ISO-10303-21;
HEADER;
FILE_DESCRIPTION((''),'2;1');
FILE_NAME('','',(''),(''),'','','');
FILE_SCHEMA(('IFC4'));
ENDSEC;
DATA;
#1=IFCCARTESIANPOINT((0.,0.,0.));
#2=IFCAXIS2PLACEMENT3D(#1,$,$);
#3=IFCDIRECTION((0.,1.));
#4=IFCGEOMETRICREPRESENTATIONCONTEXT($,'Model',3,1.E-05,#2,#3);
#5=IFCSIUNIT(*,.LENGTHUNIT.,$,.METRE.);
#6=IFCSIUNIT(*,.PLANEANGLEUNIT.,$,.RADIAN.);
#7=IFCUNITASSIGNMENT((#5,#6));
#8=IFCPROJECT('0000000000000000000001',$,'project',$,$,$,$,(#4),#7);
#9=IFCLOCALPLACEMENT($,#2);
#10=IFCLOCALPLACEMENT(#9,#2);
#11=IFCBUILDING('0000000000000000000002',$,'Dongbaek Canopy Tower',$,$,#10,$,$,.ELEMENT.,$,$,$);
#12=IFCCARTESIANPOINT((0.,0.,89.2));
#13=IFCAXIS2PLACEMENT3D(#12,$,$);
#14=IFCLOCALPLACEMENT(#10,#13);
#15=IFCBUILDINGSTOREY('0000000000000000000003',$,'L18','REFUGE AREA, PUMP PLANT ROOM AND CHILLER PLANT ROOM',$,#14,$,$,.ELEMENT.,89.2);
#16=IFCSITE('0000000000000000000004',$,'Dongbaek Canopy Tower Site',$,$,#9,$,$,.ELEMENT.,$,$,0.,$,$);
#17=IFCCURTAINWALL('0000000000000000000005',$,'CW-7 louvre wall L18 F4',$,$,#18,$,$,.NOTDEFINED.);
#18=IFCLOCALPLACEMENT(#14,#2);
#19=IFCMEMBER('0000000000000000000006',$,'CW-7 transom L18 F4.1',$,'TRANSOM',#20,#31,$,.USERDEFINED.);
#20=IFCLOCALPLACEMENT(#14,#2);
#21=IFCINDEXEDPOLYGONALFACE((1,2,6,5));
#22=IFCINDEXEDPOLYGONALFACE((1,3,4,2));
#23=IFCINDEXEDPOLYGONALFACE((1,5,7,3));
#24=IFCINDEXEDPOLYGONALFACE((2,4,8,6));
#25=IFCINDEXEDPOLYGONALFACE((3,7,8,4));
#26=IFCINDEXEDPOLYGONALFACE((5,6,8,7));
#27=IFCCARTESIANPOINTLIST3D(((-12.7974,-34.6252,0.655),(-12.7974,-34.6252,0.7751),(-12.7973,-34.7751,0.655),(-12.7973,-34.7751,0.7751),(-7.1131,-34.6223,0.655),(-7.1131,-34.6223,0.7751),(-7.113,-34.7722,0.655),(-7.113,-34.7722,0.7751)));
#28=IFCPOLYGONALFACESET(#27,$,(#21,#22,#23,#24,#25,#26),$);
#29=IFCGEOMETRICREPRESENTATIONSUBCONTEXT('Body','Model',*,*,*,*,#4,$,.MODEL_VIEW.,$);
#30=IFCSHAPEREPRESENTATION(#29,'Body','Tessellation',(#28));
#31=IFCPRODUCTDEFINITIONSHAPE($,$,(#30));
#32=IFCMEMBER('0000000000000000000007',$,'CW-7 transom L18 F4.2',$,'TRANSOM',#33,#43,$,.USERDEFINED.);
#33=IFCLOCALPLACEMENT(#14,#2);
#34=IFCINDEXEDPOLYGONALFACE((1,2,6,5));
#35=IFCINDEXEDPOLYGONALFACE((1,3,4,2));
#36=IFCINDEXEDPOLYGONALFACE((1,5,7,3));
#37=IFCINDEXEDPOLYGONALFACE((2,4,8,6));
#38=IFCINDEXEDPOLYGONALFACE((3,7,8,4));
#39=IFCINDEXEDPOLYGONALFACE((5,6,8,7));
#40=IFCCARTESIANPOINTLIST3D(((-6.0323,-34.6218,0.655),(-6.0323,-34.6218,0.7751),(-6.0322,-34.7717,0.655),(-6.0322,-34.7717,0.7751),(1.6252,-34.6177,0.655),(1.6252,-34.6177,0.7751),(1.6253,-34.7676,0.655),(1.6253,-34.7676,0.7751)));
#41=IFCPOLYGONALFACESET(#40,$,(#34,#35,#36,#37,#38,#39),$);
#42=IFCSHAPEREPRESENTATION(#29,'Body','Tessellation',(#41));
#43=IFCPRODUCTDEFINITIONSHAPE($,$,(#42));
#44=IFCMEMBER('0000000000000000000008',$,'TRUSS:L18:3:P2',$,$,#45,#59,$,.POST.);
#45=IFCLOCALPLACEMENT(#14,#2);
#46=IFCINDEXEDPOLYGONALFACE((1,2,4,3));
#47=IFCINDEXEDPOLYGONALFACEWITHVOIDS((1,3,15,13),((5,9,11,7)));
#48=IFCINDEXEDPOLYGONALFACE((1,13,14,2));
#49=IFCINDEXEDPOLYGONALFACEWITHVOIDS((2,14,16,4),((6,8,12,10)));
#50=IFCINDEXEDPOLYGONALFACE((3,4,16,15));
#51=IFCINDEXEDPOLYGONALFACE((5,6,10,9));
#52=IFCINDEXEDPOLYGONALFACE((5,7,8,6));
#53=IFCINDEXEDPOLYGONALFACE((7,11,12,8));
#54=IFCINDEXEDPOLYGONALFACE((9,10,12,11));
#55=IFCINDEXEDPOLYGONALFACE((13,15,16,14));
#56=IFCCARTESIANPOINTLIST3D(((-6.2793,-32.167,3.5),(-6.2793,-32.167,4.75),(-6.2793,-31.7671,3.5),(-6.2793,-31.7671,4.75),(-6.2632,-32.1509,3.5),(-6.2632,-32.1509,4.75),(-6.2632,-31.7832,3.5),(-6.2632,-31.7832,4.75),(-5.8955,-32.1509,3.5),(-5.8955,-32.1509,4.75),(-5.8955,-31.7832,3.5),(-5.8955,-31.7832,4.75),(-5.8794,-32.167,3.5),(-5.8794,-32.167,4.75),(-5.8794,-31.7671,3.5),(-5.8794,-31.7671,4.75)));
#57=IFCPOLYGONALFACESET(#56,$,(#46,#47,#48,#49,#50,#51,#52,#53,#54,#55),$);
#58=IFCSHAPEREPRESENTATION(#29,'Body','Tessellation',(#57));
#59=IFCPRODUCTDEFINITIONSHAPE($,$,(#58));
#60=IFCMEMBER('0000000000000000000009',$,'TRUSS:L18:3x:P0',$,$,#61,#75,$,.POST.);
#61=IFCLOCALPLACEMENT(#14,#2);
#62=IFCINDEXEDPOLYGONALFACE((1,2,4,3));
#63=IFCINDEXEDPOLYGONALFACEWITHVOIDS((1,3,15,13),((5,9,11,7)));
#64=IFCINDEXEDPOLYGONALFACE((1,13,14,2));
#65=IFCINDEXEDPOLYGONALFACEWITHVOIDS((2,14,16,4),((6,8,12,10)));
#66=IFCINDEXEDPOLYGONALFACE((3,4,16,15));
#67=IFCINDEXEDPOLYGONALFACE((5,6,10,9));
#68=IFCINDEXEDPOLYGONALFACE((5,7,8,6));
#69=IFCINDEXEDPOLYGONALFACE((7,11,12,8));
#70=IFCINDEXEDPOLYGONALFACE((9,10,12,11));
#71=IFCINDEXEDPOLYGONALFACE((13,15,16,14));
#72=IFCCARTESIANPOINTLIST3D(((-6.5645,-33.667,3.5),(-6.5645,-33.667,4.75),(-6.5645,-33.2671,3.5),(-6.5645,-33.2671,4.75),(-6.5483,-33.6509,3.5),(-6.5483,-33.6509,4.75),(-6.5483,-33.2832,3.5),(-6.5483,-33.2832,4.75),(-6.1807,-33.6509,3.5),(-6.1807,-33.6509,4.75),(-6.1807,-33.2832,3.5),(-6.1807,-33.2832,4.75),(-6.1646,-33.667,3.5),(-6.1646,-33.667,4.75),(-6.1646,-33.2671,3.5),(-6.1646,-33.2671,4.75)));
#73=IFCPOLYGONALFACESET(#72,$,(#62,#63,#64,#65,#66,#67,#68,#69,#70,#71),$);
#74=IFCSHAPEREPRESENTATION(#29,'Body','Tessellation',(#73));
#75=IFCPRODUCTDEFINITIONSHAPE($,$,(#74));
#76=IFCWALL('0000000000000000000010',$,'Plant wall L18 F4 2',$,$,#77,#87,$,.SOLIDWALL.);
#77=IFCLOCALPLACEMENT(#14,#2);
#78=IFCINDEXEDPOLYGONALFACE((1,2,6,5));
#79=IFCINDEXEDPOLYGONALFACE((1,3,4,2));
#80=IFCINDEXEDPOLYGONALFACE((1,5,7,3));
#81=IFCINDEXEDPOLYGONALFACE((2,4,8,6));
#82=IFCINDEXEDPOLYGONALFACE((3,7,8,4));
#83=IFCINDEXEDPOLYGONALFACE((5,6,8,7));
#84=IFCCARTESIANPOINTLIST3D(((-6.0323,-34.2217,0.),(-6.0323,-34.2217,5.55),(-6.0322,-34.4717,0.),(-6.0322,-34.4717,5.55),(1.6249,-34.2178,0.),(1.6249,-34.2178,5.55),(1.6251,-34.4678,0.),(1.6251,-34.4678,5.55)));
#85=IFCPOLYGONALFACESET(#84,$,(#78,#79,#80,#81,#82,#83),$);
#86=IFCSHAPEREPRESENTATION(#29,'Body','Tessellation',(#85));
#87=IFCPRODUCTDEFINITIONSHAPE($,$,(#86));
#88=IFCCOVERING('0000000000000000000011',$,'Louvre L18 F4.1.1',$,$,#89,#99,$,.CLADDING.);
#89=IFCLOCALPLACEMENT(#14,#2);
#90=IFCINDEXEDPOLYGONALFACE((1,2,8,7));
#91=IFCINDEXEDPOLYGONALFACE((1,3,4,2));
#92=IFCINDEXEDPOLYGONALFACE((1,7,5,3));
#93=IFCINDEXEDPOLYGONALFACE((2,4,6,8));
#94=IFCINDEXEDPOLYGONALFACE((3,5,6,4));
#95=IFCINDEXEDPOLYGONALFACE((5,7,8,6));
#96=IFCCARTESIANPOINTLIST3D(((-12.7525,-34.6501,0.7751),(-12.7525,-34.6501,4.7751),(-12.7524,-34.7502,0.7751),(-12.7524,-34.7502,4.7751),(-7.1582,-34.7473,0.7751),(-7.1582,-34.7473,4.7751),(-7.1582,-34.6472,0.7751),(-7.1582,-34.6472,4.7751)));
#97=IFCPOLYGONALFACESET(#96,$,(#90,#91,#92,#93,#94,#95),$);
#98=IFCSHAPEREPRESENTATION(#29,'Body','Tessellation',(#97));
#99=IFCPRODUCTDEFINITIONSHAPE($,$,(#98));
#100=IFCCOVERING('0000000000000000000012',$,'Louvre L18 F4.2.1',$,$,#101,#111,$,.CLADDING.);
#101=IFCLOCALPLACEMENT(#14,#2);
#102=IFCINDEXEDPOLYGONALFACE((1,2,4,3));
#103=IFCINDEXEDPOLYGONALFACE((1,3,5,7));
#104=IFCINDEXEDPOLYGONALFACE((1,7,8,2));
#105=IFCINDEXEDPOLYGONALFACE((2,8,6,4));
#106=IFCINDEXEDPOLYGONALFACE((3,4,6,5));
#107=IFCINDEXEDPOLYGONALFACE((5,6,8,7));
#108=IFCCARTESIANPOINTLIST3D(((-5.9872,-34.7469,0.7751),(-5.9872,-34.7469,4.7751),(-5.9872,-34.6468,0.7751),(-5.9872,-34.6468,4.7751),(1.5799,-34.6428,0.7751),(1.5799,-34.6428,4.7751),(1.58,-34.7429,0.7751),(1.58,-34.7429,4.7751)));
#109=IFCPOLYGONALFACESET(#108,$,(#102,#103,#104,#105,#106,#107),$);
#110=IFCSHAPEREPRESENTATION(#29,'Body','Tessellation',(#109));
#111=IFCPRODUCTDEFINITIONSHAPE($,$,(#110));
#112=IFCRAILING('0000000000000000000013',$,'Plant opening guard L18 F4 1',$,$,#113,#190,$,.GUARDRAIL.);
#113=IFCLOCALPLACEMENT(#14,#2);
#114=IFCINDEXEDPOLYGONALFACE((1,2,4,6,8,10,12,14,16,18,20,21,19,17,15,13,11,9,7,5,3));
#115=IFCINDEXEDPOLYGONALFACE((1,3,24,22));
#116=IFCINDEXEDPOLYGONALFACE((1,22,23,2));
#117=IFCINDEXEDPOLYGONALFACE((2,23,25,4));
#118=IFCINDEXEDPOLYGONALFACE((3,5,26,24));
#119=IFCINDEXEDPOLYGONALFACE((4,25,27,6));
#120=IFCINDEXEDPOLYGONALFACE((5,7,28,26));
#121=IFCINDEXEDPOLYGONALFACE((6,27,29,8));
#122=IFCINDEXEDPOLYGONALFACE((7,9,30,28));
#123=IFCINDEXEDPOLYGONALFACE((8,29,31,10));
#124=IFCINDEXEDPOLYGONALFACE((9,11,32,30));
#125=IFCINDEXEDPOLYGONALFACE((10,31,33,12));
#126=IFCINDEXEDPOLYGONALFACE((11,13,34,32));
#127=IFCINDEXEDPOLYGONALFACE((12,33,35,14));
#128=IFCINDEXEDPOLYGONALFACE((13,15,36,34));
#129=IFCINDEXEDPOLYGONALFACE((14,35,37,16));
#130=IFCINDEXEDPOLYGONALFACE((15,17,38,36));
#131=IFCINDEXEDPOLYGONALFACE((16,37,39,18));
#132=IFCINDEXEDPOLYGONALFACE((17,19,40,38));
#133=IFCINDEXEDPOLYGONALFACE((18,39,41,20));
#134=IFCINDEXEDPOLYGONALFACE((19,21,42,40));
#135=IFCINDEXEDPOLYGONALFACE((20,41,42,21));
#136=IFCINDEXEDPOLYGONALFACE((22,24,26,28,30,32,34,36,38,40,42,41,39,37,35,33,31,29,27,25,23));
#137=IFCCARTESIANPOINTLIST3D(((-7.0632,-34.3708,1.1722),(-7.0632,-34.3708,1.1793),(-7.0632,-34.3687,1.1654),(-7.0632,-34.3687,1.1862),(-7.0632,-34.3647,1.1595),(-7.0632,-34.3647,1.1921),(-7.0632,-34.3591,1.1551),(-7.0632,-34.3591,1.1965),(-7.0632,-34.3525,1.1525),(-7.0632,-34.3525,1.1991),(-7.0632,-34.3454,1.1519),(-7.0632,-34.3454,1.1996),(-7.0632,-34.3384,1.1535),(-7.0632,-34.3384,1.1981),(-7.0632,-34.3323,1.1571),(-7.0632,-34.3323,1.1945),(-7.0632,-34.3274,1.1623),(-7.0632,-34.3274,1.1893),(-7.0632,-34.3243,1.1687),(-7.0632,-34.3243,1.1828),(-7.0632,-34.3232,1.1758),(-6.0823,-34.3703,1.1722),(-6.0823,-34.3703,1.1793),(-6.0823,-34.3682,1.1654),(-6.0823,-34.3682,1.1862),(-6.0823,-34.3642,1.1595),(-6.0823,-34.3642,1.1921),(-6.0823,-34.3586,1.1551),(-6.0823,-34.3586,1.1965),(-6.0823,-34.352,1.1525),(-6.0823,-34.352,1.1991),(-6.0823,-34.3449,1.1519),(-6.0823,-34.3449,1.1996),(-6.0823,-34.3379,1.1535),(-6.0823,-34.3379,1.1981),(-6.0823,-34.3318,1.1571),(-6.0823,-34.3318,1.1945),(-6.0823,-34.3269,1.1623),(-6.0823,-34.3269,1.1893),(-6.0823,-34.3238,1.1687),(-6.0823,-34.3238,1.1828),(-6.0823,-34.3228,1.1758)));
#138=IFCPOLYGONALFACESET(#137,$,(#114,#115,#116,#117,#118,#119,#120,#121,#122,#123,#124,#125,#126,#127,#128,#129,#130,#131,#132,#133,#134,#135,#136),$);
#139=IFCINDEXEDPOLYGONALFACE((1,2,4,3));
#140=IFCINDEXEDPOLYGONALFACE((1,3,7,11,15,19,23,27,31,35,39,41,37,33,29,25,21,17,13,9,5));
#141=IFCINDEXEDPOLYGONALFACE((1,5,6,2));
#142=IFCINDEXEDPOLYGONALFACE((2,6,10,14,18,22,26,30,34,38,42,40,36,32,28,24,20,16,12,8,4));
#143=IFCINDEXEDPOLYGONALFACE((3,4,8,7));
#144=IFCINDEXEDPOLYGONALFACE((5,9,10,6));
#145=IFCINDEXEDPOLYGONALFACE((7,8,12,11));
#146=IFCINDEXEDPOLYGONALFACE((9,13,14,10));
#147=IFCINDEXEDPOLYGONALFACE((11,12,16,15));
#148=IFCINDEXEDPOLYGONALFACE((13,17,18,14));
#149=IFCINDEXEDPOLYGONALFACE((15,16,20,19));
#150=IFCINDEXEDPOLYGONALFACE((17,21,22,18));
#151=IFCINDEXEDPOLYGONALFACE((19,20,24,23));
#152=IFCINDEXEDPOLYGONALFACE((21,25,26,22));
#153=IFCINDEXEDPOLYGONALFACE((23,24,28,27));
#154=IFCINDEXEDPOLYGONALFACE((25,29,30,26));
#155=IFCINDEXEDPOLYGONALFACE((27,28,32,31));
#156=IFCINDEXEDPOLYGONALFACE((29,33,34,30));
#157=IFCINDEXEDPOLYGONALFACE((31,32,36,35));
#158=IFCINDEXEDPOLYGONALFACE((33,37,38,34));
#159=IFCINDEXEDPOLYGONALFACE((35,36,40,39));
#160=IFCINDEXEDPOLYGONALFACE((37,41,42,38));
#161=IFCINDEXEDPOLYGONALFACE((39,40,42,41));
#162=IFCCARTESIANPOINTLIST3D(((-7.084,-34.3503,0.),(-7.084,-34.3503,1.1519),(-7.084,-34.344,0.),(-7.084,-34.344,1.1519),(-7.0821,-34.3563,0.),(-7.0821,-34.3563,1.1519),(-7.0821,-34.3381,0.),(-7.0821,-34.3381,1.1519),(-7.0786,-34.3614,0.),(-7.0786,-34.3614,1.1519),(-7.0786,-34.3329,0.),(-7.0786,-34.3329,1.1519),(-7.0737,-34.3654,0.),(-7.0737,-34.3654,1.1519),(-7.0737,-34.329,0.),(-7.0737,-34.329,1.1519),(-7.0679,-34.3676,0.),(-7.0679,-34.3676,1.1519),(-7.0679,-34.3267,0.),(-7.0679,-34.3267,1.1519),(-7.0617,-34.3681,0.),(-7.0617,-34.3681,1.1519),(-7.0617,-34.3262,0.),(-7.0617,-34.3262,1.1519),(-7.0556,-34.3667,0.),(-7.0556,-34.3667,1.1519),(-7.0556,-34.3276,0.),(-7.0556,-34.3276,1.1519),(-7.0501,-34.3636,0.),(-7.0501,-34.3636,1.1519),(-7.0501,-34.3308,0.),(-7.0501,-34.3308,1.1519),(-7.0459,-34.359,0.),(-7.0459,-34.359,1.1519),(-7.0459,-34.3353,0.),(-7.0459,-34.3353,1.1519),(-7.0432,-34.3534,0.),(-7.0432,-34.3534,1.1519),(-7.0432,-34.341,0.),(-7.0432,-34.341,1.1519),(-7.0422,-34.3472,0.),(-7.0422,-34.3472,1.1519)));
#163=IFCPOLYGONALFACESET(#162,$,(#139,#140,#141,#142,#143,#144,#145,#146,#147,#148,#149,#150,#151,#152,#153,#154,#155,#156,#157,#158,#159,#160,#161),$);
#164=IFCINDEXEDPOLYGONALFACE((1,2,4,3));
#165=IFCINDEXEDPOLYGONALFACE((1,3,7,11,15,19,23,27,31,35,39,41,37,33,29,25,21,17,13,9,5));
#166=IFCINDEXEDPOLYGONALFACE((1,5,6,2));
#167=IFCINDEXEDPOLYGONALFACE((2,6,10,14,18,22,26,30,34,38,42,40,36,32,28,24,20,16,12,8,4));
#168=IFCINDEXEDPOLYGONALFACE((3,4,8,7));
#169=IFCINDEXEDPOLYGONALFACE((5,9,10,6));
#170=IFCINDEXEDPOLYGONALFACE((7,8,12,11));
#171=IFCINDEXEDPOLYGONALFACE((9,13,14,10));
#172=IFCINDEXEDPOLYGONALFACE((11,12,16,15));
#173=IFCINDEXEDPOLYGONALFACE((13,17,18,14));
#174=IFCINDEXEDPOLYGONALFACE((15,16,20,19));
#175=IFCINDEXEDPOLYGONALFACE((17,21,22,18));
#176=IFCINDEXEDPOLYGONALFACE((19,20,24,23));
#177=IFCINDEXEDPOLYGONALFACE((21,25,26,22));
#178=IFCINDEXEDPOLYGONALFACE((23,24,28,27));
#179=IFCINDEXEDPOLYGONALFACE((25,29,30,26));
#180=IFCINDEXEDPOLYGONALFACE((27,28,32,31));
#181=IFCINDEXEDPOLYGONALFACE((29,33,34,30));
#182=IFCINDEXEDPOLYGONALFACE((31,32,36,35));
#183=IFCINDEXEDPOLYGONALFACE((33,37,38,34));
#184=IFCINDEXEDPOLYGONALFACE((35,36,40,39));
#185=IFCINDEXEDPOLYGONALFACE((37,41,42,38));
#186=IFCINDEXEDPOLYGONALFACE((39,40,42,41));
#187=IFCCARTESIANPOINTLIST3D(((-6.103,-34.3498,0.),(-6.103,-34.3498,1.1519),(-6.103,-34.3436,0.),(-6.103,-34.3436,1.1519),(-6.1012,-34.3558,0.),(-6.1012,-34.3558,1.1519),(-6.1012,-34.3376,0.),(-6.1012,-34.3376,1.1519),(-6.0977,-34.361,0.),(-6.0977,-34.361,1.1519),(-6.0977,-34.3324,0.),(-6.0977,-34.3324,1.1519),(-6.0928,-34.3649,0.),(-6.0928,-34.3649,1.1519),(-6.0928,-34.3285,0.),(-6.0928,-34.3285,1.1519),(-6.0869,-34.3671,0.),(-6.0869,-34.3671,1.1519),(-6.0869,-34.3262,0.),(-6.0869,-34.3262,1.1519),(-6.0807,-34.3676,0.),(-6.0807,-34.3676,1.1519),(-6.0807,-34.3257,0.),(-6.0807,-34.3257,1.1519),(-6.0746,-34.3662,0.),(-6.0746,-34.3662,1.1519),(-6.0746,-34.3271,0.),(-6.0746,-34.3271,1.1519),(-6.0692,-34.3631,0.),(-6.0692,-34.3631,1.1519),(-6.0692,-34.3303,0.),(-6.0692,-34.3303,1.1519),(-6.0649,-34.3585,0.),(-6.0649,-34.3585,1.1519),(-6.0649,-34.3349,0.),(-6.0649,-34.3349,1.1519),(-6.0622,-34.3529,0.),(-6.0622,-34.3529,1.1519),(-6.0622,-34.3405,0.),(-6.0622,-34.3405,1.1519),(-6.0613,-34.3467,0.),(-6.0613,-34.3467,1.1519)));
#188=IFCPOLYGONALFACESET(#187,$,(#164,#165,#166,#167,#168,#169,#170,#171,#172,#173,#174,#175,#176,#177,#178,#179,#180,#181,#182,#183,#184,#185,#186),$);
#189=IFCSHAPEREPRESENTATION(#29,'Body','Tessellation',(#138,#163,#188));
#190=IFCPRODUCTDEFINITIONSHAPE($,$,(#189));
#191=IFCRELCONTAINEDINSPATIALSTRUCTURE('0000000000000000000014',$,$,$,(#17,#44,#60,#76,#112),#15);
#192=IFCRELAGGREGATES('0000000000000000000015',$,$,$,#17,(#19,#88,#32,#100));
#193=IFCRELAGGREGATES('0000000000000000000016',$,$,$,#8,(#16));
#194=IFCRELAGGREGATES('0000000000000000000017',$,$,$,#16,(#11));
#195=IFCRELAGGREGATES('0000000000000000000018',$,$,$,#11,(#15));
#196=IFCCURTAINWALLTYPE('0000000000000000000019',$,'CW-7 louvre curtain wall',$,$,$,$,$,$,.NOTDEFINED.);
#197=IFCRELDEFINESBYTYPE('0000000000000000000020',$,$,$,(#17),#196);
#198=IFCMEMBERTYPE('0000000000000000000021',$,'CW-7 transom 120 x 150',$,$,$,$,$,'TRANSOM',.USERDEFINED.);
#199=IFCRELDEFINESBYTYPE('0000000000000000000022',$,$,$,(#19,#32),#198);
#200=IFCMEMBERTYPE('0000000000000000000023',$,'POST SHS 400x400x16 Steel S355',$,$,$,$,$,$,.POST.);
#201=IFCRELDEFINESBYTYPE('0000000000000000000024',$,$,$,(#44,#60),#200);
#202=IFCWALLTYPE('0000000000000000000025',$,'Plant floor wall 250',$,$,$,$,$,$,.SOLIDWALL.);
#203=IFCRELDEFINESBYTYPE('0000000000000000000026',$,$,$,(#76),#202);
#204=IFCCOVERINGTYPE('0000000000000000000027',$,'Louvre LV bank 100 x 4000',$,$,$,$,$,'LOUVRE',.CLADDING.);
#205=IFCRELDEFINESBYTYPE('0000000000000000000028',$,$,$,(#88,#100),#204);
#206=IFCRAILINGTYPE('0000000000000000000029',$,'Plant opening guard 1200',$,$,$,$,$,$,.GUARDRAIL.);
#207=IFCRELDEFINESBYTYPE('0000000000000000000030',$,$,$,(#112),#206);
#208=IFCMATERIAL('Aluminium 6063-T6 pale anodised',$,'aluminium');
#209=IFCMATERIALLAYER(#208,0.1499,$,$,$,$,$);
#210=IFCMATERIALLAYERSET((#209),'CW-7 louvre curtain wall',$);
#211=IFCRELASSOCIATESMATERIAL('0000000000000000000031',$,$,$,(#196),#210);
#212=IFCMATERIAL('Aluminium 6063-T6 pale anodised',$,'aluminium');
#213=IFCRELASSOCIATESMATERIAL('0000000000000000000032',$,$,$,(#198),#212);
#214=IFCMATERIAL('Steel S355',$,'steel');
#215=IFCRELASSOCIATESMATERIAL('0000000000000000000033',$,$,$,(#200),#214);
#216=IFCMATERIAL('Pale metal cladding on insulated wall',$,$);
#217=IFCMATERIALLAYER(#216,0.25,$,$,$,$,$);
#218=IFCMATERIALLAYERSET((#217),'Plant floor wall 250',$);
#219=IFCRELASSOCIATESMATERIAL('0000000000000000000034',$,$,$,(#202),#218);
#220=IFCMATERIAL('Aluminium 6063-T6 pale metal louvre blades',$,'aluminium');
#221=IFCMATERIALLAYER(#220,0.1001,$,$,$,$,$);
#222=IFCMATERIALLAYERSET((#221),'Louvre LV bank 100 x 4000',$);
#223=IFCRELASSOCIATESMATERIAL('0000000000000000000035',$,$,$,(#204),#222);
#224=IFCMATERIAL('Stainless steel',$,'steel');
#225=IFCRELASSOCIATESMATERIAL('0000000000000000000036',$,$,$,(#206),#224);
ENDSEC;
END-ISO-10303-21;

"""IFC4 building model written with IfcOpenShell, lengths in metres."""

from ifc_helpers import new_model, si_unit, direction, frame, frame_2d, origin, origin_2d, place, context, subcontext, project, spatial, rectangle, hollow_rectangle, circle, extrude, material, layer, layer_set, material_profile, profile_set, type_object, element, aggregate, save


model = new_model("IFC4")

# Units and contexts
model_context = context("Model", 3, precision=1e-05, world=origin(), true_north=direction((0.0, 1.0)))
body_context = subcontext(model_context, "Body", "Model", "MODEL_VIEW")
ifc_project = project(units=[si_unit("LENGTHUNIT", "METRE"), si_unit("PLANEANGLEUNIT", "RADIAN")], contexts=[model_context])

# Site, building, storey
site_placement = place(None, origin())
site = spatial("IfcSite", under=ifc_project, at=site_placement, Name="Dongbaek Canopy Tower Site", CompositionType="ELEMENT", RefElevation=0.0)
building_placement = place(site_placement, origin())
building = spatial("IfcBuilding", under=site, at=building_placement, Name="Dongbaek Canopy Tower", CompositionType="ELEMENT")
storey_placement = place(building_placement, frame((0.0, 0.0, 89.2)))
storey = spatial("IfcBuildingStorey", under=building, at=storey_placement, Name="L18", Description="REFUGE AREA, PUMP PLANT ROOM AND CHILLER PLANT ROOM", CompositionType="ELEMENT", Elevation=89.2)

# Curtain wall, members
ifc_material_1 = material(Name="Aluminium 6063-T6 pale anodised", Category="aluminium")
ifc_layer_1 = layer(ifc_material_1, 0.1499)
ifc_layer_set_1 = layer_set([ifc_layer_1], Name="CW-7 louvre curtain wall")
curtain_wall_type = type_object("IfcCurtainWallType", Name="CW-7 louvre curtain wall", PredefinedType="NOTDEFINED", material=ifc_layer_set_1)
curtain_wall_placement = place(storey_placement, origin())
curtain_wall = element("IfcCurtainWall", 1, at=curtain_wall_placement, inside=storey, type_object=curtain_wall_type, Name="CW-7 louvre wall L18 F4", PredefinedType="NOTDEFINED")
ifc_material_2 = material(Name="Aluminium 6063-T6 pale anodised", Category="aluminium")
ifc_material_profile_1 = material_profile(ifc_material_2, rectangle(XDim=0.1499, YDim=0.1201, at=origin_2d()), Name="CW-7 transom 120 x 150")
ifc_profile_set_1 = profile_set([ifc_material_profile_1], Name="Aluminium 6063-T6 pale anodised")
member_type_1 = type_object("IfcMemberType", Name="CW-7 transom 120 x 150", ElementType="TRANSOM", PredefinedType="USERDEFINED", material=ifc_profile_set_1)
member_1_placement = place(storey_placement, frame((-12.7974, -34.7002, 0.7151), z_axis=(1.0, 0.000515, 0.0), x_axis=(-0.000515, 1.0, 0.0)))
member_1 = element("IfcMember", 2, at=member_1_placement, type_object=member_type_1, Name="CW-7 transom L18 F4.1", ObjectType="TRANSOM", PredefinedType="USERDEFINED", context=body_context, shape_type="SweptSolid", body=[
    extrude(rectangle(XDim=0.1499, YDim=0.1201, at=origin_2d()), origin(), (0.0, 0.0, 1.0), 5.6843),
])
member_2_placement = place(storey_placement, frame((-6.0322, -34.6968, 0.7151), z_axis=(1.0, 0.000542, 0.0), x_axis=(-0.000542, 1.0, 0.0)))
member_2 = element("IfcMember", 3, at=member_2_placement, type_object=member_type_1, Name="CW-7 transom L18 F4.2", ObjectType="TRANSOM", PredefinedType="USERDEFINED", context=body_context, shape_type="SweptSolid", body=[
    extrude(rectangle(XDim=0.1499, YDim=0.1201, at=origin_2d()), origin(), (0.0, 0.0, 1.0), 7.6575),
])

# Members
ifc_material_3 = material(Name="Steel S355", Category="steel")
ifc_material_profile_2 = material_profile(ifc_material_3, hollow_rectangle(XDim=0.3999, YDim=0.3999, WallThickness=0.0161, at=origin_2d()), Name="POST SHS 400x400x16 Steel S355")
ifc_profile_set_2 = profile_set([ifc_material_profile_2], Name="Steel S355")
member_type_2 = type_object("IfcMemberType", Name="POST SHS 400x400x16 Steel S355", PredefinedType="POST", material=ifc_profile_set_2)
for number, where, z_axis, x_axis, name in (
    (4, (-6.0793, -31.967, 3.5), (0.0, 0.0, 1.0), (1.0, 0.0, 0.0), "TRUSS:L18:3:P2"),
    (5, (-6.3645, -33.467, 3.5), (0.0, 0.0, 1.0), (1.0, 0.0, 0.0), "TRUSS:L18:3x:P0"),
):
    element("IfcMember", number, at=place(storey_placement, frame(where, z_axis=z_axis, x_axis=x_axis)), inside=storey, type_object=member_type_2, Name=name, PredefinedType="POST", context=body_context, shape_type="SweptSolid", body=[
        extrude(hollow_rectangle(XDim=0.3999, YDim=0.3999, WallThickness=0.0161, at=origin_2d()), origin(), (0.0, 0.0, 1.0), 1.25),
    ])

# Wall
ifc_material_4 = material(Name="Pale metal cladding on insulated wall")
ifc_layer_2 = layer(ifc_material_4, 0.25)
ifc_layer_set_2 = layer_set([ifc_layer_2], Name="Plant floor wall 250")
wall_type = type_object("IfcWallType", Name="Plant floor wall 250", PredefinedType="SOLIDWALL", material=ifc_layer_set_2)
wall_placement = place(storey_placement, frame((-6.0322, -34.3467, 0.0), z_axis=(0.0, 0.0, 1.0), x_axis=(1.0, 0.00051, 0.0)))
element("IfcWall", 6, at=wall_placement, inside=storey, type_object=wall_type, Name="Plant wall L18 F4 2", PredefinedType="SOLIDWALL", context=body_context, shape_type="SweptSolid", body=[
    extrude(rectangle(XDim=7.6572, YDim=0.25, at=frame_2d((3.8286, 0.0))), origin(), (0.0, 0.0, 1.0), 5.55),
])

# Coverings
ifc_material_5 = material(Name="Aluminium 6063-T6 pale metal louvre blades", Category="aluminium")
ifc_layer_3 = layer(ifc_material_5, 0.1001)
ifc_layer_set_3 = layer_set([ifc_layer_3], Name="Louvre LV bank 100 x 4000")
covering_type = type_object("IfcCoveringType", Name="Louvre LV bank 100 x 4000", ElementType="LOUVRE", PredefinedType="CLADDING", material=ifc_layer_set_3)
covering_1_placement = place(storey_placement, frame((-9.9553, -34.6987, 0.7751), z_axis=(0.0, 0.0, 1.0), x_axis=(1.0, 0.000524, 0.0)))
covering_1 = element("IfcCovering", 7, at=covering_1_placement, type_object=covering_type, Name="Louvre L18 F4.1.1", PredefinedType="CLADDING", context=body_context, shape_type="SweptSolid", body=[
    extrude(rectangle(XDim=5.5942, YDim=0.1001, at=origin_2d()), origin(), (0.0, 0.0, 1.0), 4.0),
])
covering_2_placement = place(storey_placement, frame((-2.2036, -34.6948, 0.7751), z_axis=(0.0, 0.0, 1.0), x_axis=(1.0, 0.000524, 0.0)))
covering_2 = element("IfcCovering", 8, at=covering_2_placement, type_object=covering_type, Name="Louvre L18 F4.2.1", PredefinedType="CLADDING", context=body_context, shape_type="SweptSolid", body=[
    extrude(rectangle(XDim=7.5671, YDim=0.1001, at=origin_2d()), origin(), (0.0, 0.0, 1.0), 4.0),
])

# Railing
ifc_material_6 = material(Name="Stainless steel", Category="steel")
railing_type = type_object("IfcRailingType", Name="Plant opening guard 1200", PredefinedType="GUARDRAIL", material=ifc_material_6)
railing_placement = place(storey_placement, frame((-7.0632, -34.3472, 0.0)))
element("IfcRailing", 9, at=railing_placement, inside=storey, type_object=railing_type, Name="Plant opening guard L18 F4 1", PredefinedType="GUARDRAIL", context=body_context, shape_type="SweptSolid", body=[
    extrude(circle(Radius=0.0239, at=origin_2d()), frame((0.0, 0.0, 1.1758), z_axis=(1.0, 0.000498, 0.0), x_axis=(-0.000498, 1.0, 0.0)), (0.0, 0.0, 1.0), 0.981),
    extrude(circle(Radius=0.021, at=origin_2d()), origin(), (0.0, 0.0, 1.0), 1.1519),
    extrude(circle(Radius=0.021, at=origin_2d()), frame((0.981, 0.0005, 0.0)), (0.0, 0.0, 1.0), 1.1519),
])

aggregate(curtain_wall, [member_1, covering_1, member_2, covering_2])

save(model, "model.ifc")
